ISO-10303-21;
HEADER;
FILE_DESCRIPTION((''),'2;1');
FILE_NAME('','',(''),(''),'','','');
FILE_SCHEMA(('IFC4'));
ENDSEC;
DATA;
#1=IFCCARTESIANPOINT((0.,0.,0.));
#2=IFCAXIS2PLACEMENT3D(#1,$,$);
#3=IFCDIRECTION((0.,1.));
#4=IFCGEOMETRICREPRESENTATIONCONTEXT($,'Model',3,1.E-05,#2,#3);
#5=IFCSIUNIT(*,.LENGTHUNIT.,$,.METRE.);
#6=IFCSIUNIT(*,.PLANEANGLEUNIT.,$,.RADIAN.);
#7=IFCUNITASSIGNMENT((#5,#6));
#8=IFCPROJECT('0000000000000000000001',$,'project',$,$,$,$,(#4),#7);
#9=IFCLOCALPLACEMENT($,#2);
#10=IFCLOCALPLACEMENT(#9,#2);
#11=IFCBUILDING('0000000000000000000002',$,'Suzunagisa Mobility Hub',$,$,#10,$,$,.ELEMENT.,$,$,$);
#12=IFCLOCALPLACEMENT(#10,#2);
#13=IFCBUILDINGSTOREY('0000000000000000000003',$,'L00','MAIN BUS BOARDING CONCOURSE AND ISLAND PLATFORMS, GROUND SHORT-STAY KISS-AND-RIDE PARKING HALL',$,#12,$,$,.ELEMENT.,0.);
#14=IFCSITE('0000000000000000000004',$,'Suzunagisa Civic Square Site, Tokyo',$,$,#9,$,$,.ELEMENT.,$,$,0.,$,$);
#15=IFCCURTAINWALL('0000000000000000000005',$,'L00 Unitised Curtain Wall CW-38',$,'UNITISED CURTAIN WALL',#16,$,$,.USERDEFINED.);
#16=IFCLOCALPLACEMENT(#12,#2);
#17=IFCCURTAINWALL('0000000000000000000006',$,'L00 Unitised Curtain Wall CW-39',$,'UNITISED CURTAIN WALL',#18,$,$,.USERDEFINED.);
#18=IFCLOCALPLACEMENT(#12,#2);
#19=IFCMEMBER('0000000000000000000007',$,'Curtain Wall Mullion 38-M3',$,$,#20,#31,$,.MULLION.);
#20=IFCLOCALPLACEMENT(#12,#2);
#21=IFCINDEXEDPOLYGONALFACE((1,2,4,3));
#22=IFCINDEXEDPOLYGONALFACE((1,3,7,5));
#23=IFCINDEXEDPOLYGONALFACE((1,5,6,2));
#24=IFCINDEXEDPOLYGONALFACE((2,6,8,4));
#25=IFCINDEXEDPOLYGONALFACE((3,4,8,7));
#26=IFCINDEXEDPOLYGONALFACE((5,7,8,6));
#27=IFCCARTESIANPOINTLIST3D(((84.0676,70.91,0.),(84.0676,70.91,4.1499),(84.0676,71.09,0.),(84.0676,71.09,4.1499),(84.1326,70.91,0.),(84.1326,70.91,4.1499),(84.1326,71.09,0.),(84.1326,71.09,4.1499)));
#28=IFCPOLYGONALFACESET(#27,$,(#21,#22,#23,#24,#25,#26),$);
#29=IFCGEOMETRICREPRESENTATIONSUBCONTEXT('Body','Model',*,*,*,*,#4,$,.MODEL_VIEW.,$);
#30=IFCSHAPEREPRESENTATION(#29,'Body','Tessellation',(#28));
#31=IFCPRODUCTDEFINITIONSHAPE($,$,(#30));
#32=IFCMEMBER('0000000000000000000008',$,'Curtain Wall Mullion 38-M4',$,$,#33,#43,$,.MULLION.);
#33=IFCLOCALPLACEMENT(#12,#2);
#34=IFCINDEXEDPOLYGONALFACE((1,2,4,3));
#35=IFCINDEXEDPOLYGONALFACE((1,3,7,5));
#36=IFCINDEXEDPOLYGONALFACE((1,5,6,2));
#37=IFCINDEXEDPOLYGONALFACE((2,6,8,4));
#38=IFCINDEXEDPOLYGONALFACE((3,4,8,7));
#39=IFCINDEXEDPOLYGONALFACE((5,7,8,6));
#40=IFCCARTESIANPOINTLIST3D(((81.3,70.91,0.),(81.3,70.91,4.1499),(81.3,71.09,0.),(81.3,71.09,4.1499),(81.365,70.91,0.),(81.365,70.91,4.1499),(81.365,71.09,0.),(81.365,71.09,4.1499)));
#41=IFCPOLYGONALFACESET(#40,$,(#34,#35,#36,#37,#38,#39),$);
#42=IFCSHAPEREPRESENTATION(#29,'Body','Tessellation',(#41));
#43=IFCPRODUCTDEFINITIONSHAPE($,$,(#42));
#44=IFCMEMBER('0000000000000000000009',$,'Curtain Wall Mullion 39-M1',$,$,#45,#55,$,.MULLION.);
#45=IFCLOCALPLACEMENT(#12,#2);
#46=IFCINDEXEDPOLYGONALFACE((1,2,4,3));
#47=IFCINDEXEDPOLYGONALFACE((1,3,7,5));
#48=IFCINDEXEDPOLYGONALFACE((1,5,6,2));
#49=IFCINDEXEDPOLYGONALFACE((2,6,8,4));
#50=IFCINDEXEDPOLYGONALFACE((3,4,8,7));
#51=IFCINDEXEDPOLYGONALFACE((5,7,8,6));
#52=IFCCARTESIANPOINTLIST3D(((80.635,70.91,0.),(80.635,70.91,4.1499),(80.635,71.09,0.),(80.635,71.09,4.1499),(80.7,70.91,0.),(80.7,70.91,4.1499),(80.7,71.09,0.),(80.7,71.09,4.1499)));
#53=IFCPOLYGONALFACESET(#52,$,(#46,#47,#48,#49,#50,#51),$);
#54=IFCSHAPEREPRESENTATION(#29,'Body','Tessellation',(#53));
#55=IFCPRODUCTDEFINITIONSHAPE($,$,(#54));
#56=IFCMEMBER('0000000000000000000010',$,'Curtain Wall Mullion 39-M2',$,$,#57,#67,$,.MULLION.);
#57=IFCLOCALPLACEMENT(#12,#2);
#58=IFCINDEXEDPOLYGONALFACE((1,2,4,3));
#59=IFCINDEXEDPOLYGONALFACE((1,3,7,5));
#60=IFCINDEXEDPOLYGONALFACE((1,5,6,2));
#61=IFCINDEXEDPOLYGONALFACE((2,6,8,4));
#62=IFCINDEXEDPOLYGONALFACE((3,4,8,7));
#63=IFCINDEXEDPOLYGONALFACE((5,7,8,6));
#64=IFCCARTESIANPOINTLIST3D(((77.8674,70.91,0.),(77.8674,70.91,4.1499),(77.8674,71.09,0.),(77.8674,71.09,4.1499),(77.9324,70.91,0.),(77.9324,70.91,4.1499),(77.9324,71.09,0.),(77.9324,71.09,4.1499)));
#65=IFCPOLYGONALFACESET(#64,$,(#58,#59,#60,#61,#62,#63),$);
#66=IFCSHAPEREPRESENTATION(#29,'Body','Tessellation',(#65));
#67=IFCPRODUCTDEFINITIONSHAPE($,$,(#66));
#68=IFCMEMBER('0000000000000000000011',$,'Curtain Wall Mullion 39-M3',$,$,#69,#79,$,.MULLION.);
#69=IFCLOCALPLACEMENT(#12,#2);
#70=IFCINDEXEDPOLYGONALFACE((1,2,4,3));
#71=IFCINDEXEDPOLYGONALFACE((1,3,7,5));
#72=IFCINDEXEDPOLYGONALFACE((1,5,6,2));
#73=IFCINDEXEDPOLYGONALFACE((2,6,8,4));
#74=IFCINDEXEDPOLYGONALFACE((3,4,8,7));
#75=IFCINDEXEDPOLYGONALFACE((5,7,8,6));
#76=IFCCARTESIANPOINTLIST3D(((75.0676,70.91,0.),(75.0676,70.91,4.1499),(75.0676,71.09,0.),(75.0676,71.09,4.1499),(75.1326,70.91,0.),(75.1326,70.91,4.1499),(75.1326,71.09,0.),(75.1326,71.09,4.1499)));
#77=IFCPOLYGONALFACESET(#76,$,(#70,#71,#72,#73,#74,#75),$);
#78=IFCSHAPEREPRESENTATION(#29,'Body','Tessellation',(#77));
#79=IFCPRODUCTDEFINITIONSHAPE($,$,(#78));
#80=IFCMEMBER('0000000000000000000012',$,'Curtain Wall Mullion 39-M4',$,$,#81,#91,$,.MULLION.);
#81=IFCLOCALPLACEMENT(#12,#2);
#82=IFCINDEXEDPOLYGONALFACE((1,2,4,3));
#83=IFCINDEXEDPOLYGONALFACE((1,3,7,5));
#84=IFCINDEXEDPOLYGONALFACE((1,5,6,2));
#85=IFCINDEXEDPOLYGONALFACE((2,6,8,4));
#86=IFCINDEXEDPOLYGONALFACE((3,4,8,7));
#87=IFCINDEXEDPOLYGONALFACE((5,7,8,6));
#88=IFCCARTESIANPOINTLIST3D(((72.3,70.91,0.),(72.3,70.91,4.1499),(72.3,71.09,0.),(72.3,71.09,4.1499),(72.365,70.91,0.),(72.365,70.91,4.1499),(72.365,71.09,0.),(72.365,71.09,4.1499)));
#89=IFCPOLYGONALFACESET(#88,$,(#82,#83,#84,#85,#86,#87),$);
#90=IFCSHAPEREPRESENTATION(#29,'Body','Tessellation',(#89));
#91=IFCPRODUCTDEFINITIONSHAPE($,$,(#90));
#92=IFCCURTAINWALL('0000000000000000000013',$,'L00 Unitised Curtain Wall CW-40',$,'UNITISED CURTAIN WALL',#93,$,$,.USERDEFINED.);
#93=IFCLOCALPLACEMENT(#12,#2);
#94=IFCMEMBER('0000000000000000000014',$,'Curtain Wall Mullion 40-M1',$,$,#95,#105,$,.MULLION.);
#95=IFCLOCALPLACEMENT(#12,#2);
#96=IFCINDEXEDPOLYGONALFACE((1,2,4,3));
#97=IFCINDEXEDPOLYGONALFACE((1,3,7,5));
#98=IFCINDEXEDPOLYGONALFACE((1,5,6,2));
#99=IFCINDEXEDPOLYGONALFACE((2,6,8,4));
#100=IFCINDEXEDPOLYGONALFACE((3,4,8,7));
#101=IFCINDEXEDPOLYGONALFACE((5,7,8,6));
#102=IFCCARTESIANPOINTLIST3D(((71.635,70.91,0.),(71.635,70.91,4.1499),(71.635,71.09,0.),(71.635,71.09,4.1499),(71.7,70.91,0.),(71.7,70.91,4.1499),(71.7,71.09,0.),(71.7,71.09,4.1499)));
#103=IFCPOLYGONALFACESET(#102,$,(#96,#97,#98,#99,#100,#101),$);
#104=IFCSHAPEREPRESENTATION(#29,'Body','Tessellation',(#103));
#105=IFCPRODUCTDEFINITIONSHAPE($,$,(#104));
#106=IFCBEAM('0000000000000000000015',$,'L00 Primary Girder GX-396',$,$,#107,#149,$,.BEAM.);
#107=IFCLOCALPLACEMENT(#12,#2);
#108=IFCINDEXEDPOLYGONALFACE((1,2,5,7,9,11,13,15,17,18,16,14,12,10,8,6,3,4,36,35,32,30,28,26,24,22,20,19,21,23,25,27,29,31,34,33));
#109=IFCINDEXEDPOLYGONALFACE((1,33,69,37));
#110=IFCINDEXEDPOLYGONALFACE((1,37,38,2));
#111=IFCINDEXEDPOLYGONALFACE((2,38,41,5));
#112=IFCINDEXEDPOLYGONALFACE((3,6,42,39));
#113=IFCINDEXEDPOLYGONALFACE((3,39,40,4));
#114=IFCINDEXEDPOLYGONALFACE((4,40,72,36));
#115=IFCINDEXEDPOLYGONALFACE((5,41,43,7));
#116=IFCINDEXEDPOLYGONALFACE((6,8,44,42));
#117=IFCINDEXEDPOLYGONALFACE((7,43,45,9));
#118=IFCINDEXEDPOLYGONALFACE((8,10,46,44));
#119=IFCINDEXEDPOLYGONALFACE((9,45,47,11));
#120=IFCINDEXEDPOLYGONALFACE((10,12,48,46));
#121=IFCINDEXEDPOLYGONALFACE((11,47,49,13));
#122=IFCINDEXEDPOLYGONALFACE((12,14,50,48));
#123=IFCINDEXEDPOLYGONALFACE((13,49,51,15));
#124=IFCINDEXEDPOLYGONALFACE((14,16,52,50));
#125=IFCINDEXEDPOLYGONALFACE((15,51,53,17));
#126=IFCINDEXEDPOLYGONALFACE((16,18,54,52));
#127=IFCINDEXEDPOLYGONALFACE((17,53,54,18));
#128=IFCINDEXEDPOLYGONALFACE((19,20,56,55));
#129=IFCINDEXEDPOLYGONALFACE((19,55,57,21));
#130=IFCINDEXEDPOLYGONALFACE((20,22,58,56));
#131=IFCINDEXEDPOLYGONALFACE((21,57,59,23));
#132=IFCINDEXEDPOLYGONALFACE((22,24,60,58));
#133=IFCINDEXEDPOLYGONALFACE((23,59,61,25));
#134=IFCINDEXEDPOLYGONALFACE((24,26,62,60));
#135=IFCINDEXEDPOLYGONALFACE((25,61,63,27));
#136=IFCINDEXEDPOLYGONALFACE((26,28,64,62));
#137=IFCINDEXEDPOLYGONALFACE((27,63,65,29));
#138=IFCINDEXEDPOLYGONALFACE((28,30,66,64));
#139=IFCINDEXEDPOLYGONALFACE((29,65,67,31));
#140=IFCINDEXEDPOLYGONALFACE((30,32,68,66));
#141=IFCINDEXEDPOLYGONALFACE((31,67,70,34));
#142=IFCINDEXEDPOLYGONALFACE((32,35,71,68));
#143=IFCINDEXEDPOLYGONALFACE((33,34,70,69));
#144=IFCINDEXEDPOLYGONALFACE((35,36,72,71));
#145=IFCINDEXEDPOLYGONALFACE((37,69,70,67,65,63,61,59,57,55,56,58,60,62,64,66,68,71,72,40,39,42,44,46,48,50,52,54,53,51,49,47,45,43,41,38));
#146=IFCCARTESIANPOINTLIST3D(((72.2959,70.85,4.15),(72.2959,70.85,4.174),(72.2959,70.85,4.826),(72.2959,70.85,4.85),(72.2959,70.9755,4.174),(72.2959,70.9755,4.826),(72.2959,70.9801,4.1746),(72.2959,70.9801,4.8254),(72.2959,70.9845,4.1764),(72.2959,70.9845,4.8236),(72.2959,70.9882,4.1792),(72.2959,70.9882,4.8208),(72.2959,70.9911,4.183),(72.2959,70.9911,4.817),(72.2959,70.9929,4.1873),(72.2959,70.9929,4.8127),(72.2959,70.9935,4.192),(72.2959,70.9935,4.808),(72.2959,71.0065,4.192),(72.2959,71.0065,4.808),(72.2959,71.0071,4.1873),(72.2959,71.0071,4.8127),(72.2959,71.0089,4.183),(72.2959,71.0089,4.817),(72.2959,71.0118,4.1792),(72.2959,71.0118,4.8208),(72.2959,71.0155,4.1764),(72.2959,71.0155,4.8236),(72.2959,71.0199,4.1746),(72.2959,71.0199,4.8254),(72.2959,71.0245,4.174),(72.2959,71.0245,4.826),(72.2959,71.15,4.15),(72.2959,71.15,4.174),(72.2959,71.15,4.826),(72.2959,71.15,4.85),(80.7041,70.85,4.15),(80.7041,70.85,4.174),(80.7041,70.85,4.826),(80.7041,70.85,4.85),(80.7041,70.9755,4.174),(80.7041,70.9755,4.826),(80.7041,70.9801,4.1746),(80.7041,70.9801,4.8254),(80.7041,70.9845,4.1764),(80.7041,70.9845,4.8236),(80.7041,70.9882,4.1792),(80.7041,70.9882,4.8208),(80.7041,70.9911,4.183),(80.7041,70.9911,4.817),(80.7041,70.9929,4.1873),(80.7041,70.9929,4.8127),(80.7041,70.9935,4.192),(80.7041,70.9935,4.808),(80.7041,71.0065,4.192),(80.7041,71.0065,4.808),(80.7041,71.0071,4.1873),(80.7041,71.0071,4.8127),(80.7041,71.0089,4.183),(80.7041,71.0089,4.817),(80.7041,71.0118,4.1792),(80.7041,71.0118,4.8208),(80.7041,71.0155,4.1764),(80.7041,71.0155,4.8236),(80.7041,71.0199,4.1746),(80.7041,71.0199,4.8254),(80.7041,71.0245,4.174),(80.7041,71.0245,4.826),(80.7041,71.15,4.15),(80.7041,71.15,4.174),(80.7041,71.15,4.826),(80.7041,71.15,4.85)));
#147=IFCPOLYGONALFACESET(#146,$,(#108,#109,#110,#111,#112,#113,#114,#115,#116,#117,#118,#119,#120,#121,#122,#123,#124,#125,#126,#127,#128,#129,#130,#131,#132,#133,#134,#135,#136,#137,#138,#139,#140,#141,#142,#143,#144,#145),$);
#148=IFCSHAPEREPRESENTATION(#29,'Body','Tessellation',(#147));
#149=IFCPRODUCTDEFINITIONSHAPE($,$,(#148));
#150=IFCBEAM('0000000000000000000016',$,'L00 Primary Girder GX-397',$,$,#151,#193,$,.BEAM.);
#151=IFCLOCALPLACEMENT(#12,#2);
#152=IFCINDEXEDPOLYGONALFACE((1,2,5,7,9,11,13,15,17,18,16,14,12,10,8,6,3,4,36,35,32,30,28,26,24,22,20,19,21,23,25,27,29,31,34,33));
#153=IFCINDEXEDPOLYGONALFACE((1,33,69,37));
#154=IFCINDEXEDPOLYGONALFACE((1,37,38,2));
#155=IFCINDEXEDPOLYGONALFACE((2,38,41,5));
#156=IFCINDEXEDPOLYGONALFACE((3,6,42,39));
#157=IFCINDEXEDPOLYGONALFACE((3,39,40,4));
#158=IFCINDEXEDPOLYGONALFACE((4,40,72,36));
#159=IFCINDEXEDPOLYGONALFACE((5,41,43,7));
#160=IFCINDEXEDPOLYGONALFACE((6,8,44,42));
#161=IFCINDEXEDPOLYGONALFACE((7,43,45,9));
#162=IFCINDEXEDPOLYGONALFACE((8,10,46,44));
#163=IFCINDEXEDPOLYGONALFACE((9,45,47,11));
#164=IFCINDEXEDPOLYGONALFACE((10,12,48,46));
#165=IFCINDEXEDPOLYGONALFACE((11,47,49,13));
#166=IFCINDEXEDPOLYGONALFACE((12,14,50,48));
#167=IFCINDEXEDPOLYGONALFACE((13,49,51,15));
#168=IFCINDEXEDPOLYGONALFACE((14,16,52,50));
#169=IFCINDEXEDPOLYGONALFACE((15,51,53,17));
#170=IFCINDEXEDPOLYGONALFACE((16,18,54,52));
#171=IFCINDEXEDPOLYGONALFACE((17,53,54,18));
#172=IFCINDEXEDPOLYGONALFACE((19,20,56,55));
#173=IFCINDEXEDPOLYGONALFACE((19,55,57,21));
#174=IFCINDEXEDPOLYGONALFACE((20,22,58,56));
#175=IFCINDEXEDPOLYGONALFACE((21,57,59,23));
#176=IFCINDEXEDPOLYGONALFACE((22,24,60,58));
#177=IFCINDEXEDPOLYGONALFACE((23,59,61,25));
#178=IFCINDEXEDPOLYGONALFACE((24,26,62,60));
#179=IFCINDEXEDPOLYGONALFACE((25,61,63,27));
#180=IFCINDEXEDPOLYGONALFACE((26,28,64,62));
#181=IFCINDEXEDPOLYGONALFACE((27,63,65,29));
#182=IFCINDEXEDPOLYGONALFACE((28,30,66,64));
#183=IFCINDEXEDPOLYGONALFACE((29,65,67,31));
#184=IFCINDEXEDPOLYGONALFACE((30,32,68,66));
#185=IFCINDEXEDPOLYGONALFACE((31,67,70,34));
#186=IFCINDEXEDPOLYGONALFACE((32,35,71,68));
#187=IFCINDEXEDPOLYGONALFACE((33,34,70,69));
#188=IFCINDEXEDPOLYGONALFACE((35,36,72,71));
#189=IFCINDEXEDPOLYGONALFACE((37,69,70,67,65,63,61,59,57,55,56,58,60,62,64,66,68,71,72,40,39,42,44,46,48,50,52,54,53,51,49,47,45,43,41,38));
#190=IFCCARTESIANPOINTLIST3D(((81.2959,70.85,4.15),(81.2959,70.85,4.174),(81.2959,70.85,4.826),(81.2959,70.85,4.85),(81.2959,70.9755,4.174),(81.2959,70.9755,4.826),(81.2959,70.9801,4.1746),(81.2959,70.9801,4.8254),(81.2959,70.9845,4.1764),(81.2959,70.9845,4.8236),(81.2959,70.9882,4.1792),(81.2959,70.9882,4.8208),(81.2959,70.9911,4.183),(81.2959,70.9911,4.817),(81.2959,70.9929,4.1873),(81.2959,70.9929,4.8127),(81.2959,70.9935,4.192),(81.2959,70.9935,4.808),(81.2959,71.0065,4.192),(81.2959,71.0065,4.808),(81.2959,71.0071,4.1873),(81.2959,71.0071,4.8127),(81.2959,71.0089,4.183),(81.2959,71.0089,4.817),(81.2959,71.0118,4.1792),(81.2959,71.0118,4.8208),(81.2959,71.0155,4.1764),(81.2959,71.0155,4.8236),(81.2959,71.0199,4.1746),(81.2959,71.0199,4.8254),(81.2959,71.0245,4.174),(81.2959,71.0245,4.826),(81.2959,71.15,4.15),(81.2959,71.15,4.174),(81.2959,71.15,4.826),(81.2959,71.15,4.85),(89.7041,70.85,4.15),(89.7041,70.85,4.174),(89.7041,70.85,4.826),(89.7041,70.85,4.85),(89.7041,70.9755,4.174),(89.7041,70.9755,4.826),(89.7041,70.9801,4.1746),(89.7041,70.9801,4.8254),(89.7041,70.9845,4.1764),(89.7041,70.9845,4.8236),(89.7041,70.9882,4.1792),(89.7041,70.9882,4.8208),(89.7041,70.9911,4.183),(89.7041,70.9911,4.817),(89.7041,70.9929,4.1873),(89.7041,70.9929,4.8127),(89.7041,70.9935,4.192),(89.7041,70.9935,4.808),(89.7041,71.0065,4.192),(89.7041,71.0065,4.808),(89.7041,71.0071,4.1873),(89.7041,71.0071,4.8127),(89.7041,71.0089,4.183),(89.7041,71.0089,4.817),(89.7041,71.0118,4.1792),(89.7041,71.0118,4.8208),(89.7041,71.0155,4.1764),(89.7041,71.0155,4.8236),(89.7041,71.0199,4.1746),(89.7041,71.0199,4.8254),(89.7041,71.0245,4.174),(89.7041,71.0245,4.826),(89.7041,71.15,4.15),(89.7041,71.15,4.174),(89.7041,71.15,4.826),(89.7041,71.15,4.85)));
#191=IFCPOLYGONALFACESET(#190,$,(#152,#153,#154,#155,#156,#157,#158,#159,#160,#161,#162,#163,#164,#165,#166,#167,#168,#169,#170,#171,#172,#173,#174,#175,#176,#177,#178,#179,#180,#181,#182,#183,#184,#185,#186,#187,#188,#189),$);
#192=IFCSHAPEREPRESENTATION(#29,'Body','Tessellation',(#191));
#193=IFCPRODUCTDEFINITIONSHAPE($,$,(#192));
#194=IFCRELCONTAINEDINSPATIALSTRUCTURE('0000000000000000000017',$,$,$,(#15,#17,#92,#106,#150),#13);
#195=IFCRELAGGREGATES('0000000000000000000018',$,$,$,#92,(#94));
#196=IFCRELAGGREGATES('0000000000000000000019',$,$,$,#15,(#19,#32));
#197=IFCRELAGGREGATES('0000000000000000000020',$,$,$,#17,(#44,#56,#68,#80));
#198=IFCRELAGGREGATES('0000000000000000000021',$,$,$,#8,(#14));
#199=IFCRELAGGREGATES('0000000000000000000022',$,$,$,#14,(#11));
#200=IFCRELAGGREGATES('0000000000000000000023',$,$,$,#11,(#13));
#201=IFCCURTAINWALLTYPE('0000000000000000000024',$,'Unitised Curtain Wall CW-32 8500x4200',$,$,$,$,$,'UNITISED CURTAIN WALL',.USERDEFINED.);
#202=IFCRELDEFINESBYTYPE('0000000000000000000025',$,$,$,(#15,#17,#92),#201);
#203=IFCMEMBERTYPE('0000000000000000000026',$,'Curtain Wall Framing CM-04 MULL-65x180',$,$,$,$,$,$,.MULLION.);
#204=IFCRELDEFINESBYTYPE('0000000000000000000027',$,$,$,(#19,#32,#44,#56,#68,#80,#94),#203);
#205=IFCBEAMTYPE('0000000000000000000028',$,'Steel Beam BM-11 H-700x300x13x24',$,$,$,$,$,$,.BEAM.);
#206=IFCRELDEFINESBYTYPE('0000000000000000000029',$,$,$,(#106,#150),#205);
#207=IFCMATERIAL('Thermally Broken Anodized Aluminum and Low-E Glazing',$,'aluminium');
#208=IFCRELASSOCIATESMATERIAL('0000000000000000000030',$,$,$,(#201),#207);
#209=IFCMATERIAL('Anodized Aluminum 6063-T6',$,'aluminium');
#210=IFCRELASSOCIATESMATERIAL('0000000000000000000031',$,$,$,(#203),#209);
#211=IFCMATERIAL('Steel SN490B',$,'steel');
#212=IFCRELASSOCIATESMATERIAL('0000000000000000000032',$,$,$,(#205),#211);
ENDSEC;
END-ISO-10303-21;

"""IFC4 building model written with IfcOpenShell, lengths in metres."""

from ifc_helpers import new_model, si_unit, direction, frame, origin, origin_2d, place, context, subcontext, project, spatial, rectangle, i_section, extrude, material, material_profile, profile_set, type_object, element, aggregate, save


model = new_model("IFC4")

# Units and contexts
model_context = context("Model", 3, precision=1e-05, world=origin(), true_north=direction((0.0, 1.0)))
body_context = subcontext(model_context, "Body", "Model", "MODEL_VIEW")
ifc_project = project(units=[si_unit("LENGTHUNIT", "METRE"), si_unit("PLANEANGLEUNIT", "RADIAN")], contexts=[model_context])

# Site, building, storey
site_placement = place(None, origin())
site = spatial("IfcSite", under=ifc_project, at=site_placement, Name="Suzunagisa Civic Square Site, Tokyo", CompositionType="ELEMENT", RefElevation=0.0)
building_placement = place(site_placement, origin())
building = spatial("IfcBuilding", under=site, at=building_placement, Name="Suzunagisa Mobility Hub", CompositionType="ELEMENT")
storey_placement = place(building_placement, origin())
storey = spatial("IfcBuildingStorey", under=building, at=storey_placement, Name="L00", Description="MAIN BUS BOARDING CONCOURSE AND ISLAND PLATFORMS, GROUND SHORT-STAY KISS-AND-RIDE PARKING HALL", CompositionType="ELEMENT", Elevation=0.0)

# Shared definitions
ifc_material_1 = material(Name="Steel SN490B", Category="steel")

# Curtain walls
ifc_material_2 = material(Name="Thermally Broken Anodized Aluminum and Low-E Glazing", Category="aluminium")
curtain_wall_type = type_object("IfcCurtainWallType", Name="Unitised Curtain Wall CW-32 8500x4200", ElementType="UNITISED CURTAIN WALL", PredefinedType="USERDEFINED", material=ifc_material_2)
curtain_wall_1_placement = place(storey_placement, origin())
curtain_wall_1 = element("IfcCurtainWall", 1, at=curtain_wall_1_placement, inside=storey, type_object=curtain_wall_type, Name="L00 Unitised Curtain Wall CW-38", ObjectType="UNITISED CURTAIN WALL", PredefinedType="USERDEFINED")
ifc_material_3 = material(Name="Anodized Aluminum 6063-T6", Category="aluminium")
curtain_wall_2_placement = place(storey_placement, origin())
curtain_wall_2 = element("IfcCurtainWall", 2, at=curtain_wall_2_placement, inside=storey, type_object=curtain_wall_type, Name="L00 Unitised Curtain Wall CW-39", ObjectType="UNITISED CURTAIN WALL", PredefinedType="USERDEFINED")

# Members
ifc_material_profile_1 = material_profile(ifc_material_3, rectangle(XDim=0.0649, YDim=0.1799, at=origin_2d()), Name="MULL-65x180")
ifc_profile_set_1 = profile_set([ifc_material_profile_1], Name="Anodized Aluminum 6063-T6")
member_type_1 = type_object("IfcMemberType", Name="Curtain Wall Framing CM-04 MULL-65x180", PredefinedType="MULLION", material=ifc_profile_set_1)
member_1_placement = place(storey_placement, frame((84.1001, 71.0, 0.0), z_axis=(0.0, 0.0, 1.0), x_axis=(-1.0, 0.0, 0.0)))
member_1 = element("IfcMember", 3, at=member_1_placement, type_object=member_type_1, Name="Curtain Wall Mullion 38-M3", PredefinedType="MULLION", context=body_context, shape_type="SweptSolid", body=[
    extrude(rectangle(XDim=0.0649, YDim=0.1799, at=origin_2d()), origin(), (0.0, 0.0, 1.0), 4.1499),
])
member_2_placement = place(storey_placement, frame((81.3325, 71.0, 0.0), z_axis=(0.0, 0.0, 1.0), x_axis=(-1.0, 0.0, 0.0)))
member_2 = element("IfcMember", 4, at=member_2_placement, type_object=member_type_1, Name="Curtain Wall Mullion 38-M4", PredefinedType="MULLION", context=body_context, shape_type="SweptSolid", body=[
    extrude(rectangle(XDim=0.0649, YDim=0.1799, at=origin_2d()), origin(), (0.0, 0.0, 1.0), 4.1499),
])
member_3_placement = place(storey_placement, frame((80.6675, 71.0, 0.0), z_axis=(0.0, 0.0, 1.0), x_axis=(-1.0, 0.0, 0.0)))
member_3 = element("IfcMember", 5, at=member_3_placement, type_object=member_type_1, Name="Curtain Wall Mullion 39-M1", PredefinedType="MULLION", context=body_context, shape_type="SweptSolid", body=[
    extrude(rectangle(XDim=0.0649, YDim=0.1799, at=origin_2d()), origin(), (0.0, 0.0, 1.0), 4.1499),
])
member_4_placement = place(storey_placement, frame((77.8999, 71.0, 0.0), z_axis=(0.0, 0.0, 1.0), x_axis=(-1.0, 0.0, 0.0)))
member_4 = element("IfcMember", 6, at=member_4_placement, type_object=member_type_1, Name="Curtain Wall Mullion 39-M2", PredefinedType="MULLION", context=body_context, shape_type="SweptSolid", body=[
    extrude(rectangle(XDim=0.0649, YDim=0.1799, at=origin_2d()), origin(), (0.0, 0.0, 1.0), 4.1499),
])
member_5_placement = place(storey_placement, frame((75.1001, 71.0, 0.0), z_axis=(0.0, 0.0, 1.0), x_axis=(-1.0, 0.0, 0.0)))
member_5 = element("IfcMember", 7, at=member_5_placement, type_object=member_type_1, Name="Curtain Wall Mullion 39-M3", PredefinedType="MULLION", context=body_context, shape_type="SweptSolid", body=[
    extrude(rectangle(XDim=0.0649, YDim=0.1799, at=origin_2d()), origin(), (0.0, 0.0, 1.0), 4.1499),
])
member_6_placement = place(storey_placement, frame((72.3325, 71.0, 0.0), z_axis=(0.0, 0.0, 1.0), x_axis=(-1.0, 0.0, 0.0)))
member_6 = element("IfcMember", 8, at=member_6_placement, type_object=member_type_1, Name="Curtain Wall Mullion 39-M4", PredefinedType="MULLION", context=body_context, shape_type="SweptSolid", body=[
    extrude(rectangle(XDim=0.0649, YDim=0.1799, at=origin_2d()), origin(), (0.0, 0.0, 1.0), 4.1499),
])

# Curtain wall, member
curtain_wall_3_placement = place(storey_placement, origin())
curtain_wall_3 = element("IfcCurtainWall", 9, at=curtain_wall_3_placement, inside=storey, type_object=curtain_wall_type, Name="L00 Unitised Curtain Wall CW-40", ObjectType="UNITISED CURTAIN WALL", PredefinedType="USERDEFINED")
member_7_placement = place(storey_placement, frame((71.6675, 71.0, 0.0), z_axis=(0.0, 0.0, 1.0), x_axis=(-1.0, 0.0, 0.0)))
member_7 = element("IfcMember", 10, at=member_7_placement, type_object=member_type_1, Name="Curtain Wall Mullion 40-M1", PredefinedType="MULLION", context=body_context, shape_type="SweptSolid", body=[
    extrude(rectangle(XDim=0.0649, YDim=0.1799, at=origin_2d()), origin(), (0.0, 0.0, 1.0), 4.1499),
])
aggregate(curtain_wall_3, [member_7])

# Beams
ifc_material_profile_2 = material_profile(ifc_material_1, i_section(OverallWidth=0.3, OverallDepth=0.7, WebThickness=0.0129, FlangeThickness=0.0239, FilletRadius=0.0181, at=origin_2d()), Name="H-700x300x13x24")
ifc_profile_set_2 = profile_set([ifc_material_profile_2], Name="Steel SN490B")
beam_type = type_object("IfcBeamType", Name="Steel Beam BM-11 H-700x300x13x24", PredefinedType="BEAM", material=ifc_profile_set_2)
for number, where, z_axis, x_axis, name in (
    (11, (72.2959, 71.0, 4.5), (1.0, 0.0, 0.0), (0.0, 1.0, 0.0), "L00 Primary Girder GX-396"),
    (12, (81.2959, 71.0, 4.5), (1.0, 0.0, 0.0), (0.0, 1.0, 0.0), "L00 Primary Girder GX-397"),
):
    element("IfcBeam", number, at=place(storey_placement, frame(where, z_axis=z_axis, x_axis=x_axis)), inside=storey, type_object=beam_type, Name=name, PredefinedType="BEAM", context=body_context, shape_type="SweptSolid", body=[
        extrude(i_section(OverallWidth=0.3, OverallDepth=0.7, WebThickness=0.0129, FlangeThickness=0.0239, FilletRadius=0.0181, at=origin_2d()), origin(), (0.0, 0.0, 1.0), 8.4082),
    ])

aggregate(curtain_wall_1, [member_1, member_2])
aggregate(curtain_wall_2, [member_3, member_4, member_5, member_6])

save(model, "model.ifc")
